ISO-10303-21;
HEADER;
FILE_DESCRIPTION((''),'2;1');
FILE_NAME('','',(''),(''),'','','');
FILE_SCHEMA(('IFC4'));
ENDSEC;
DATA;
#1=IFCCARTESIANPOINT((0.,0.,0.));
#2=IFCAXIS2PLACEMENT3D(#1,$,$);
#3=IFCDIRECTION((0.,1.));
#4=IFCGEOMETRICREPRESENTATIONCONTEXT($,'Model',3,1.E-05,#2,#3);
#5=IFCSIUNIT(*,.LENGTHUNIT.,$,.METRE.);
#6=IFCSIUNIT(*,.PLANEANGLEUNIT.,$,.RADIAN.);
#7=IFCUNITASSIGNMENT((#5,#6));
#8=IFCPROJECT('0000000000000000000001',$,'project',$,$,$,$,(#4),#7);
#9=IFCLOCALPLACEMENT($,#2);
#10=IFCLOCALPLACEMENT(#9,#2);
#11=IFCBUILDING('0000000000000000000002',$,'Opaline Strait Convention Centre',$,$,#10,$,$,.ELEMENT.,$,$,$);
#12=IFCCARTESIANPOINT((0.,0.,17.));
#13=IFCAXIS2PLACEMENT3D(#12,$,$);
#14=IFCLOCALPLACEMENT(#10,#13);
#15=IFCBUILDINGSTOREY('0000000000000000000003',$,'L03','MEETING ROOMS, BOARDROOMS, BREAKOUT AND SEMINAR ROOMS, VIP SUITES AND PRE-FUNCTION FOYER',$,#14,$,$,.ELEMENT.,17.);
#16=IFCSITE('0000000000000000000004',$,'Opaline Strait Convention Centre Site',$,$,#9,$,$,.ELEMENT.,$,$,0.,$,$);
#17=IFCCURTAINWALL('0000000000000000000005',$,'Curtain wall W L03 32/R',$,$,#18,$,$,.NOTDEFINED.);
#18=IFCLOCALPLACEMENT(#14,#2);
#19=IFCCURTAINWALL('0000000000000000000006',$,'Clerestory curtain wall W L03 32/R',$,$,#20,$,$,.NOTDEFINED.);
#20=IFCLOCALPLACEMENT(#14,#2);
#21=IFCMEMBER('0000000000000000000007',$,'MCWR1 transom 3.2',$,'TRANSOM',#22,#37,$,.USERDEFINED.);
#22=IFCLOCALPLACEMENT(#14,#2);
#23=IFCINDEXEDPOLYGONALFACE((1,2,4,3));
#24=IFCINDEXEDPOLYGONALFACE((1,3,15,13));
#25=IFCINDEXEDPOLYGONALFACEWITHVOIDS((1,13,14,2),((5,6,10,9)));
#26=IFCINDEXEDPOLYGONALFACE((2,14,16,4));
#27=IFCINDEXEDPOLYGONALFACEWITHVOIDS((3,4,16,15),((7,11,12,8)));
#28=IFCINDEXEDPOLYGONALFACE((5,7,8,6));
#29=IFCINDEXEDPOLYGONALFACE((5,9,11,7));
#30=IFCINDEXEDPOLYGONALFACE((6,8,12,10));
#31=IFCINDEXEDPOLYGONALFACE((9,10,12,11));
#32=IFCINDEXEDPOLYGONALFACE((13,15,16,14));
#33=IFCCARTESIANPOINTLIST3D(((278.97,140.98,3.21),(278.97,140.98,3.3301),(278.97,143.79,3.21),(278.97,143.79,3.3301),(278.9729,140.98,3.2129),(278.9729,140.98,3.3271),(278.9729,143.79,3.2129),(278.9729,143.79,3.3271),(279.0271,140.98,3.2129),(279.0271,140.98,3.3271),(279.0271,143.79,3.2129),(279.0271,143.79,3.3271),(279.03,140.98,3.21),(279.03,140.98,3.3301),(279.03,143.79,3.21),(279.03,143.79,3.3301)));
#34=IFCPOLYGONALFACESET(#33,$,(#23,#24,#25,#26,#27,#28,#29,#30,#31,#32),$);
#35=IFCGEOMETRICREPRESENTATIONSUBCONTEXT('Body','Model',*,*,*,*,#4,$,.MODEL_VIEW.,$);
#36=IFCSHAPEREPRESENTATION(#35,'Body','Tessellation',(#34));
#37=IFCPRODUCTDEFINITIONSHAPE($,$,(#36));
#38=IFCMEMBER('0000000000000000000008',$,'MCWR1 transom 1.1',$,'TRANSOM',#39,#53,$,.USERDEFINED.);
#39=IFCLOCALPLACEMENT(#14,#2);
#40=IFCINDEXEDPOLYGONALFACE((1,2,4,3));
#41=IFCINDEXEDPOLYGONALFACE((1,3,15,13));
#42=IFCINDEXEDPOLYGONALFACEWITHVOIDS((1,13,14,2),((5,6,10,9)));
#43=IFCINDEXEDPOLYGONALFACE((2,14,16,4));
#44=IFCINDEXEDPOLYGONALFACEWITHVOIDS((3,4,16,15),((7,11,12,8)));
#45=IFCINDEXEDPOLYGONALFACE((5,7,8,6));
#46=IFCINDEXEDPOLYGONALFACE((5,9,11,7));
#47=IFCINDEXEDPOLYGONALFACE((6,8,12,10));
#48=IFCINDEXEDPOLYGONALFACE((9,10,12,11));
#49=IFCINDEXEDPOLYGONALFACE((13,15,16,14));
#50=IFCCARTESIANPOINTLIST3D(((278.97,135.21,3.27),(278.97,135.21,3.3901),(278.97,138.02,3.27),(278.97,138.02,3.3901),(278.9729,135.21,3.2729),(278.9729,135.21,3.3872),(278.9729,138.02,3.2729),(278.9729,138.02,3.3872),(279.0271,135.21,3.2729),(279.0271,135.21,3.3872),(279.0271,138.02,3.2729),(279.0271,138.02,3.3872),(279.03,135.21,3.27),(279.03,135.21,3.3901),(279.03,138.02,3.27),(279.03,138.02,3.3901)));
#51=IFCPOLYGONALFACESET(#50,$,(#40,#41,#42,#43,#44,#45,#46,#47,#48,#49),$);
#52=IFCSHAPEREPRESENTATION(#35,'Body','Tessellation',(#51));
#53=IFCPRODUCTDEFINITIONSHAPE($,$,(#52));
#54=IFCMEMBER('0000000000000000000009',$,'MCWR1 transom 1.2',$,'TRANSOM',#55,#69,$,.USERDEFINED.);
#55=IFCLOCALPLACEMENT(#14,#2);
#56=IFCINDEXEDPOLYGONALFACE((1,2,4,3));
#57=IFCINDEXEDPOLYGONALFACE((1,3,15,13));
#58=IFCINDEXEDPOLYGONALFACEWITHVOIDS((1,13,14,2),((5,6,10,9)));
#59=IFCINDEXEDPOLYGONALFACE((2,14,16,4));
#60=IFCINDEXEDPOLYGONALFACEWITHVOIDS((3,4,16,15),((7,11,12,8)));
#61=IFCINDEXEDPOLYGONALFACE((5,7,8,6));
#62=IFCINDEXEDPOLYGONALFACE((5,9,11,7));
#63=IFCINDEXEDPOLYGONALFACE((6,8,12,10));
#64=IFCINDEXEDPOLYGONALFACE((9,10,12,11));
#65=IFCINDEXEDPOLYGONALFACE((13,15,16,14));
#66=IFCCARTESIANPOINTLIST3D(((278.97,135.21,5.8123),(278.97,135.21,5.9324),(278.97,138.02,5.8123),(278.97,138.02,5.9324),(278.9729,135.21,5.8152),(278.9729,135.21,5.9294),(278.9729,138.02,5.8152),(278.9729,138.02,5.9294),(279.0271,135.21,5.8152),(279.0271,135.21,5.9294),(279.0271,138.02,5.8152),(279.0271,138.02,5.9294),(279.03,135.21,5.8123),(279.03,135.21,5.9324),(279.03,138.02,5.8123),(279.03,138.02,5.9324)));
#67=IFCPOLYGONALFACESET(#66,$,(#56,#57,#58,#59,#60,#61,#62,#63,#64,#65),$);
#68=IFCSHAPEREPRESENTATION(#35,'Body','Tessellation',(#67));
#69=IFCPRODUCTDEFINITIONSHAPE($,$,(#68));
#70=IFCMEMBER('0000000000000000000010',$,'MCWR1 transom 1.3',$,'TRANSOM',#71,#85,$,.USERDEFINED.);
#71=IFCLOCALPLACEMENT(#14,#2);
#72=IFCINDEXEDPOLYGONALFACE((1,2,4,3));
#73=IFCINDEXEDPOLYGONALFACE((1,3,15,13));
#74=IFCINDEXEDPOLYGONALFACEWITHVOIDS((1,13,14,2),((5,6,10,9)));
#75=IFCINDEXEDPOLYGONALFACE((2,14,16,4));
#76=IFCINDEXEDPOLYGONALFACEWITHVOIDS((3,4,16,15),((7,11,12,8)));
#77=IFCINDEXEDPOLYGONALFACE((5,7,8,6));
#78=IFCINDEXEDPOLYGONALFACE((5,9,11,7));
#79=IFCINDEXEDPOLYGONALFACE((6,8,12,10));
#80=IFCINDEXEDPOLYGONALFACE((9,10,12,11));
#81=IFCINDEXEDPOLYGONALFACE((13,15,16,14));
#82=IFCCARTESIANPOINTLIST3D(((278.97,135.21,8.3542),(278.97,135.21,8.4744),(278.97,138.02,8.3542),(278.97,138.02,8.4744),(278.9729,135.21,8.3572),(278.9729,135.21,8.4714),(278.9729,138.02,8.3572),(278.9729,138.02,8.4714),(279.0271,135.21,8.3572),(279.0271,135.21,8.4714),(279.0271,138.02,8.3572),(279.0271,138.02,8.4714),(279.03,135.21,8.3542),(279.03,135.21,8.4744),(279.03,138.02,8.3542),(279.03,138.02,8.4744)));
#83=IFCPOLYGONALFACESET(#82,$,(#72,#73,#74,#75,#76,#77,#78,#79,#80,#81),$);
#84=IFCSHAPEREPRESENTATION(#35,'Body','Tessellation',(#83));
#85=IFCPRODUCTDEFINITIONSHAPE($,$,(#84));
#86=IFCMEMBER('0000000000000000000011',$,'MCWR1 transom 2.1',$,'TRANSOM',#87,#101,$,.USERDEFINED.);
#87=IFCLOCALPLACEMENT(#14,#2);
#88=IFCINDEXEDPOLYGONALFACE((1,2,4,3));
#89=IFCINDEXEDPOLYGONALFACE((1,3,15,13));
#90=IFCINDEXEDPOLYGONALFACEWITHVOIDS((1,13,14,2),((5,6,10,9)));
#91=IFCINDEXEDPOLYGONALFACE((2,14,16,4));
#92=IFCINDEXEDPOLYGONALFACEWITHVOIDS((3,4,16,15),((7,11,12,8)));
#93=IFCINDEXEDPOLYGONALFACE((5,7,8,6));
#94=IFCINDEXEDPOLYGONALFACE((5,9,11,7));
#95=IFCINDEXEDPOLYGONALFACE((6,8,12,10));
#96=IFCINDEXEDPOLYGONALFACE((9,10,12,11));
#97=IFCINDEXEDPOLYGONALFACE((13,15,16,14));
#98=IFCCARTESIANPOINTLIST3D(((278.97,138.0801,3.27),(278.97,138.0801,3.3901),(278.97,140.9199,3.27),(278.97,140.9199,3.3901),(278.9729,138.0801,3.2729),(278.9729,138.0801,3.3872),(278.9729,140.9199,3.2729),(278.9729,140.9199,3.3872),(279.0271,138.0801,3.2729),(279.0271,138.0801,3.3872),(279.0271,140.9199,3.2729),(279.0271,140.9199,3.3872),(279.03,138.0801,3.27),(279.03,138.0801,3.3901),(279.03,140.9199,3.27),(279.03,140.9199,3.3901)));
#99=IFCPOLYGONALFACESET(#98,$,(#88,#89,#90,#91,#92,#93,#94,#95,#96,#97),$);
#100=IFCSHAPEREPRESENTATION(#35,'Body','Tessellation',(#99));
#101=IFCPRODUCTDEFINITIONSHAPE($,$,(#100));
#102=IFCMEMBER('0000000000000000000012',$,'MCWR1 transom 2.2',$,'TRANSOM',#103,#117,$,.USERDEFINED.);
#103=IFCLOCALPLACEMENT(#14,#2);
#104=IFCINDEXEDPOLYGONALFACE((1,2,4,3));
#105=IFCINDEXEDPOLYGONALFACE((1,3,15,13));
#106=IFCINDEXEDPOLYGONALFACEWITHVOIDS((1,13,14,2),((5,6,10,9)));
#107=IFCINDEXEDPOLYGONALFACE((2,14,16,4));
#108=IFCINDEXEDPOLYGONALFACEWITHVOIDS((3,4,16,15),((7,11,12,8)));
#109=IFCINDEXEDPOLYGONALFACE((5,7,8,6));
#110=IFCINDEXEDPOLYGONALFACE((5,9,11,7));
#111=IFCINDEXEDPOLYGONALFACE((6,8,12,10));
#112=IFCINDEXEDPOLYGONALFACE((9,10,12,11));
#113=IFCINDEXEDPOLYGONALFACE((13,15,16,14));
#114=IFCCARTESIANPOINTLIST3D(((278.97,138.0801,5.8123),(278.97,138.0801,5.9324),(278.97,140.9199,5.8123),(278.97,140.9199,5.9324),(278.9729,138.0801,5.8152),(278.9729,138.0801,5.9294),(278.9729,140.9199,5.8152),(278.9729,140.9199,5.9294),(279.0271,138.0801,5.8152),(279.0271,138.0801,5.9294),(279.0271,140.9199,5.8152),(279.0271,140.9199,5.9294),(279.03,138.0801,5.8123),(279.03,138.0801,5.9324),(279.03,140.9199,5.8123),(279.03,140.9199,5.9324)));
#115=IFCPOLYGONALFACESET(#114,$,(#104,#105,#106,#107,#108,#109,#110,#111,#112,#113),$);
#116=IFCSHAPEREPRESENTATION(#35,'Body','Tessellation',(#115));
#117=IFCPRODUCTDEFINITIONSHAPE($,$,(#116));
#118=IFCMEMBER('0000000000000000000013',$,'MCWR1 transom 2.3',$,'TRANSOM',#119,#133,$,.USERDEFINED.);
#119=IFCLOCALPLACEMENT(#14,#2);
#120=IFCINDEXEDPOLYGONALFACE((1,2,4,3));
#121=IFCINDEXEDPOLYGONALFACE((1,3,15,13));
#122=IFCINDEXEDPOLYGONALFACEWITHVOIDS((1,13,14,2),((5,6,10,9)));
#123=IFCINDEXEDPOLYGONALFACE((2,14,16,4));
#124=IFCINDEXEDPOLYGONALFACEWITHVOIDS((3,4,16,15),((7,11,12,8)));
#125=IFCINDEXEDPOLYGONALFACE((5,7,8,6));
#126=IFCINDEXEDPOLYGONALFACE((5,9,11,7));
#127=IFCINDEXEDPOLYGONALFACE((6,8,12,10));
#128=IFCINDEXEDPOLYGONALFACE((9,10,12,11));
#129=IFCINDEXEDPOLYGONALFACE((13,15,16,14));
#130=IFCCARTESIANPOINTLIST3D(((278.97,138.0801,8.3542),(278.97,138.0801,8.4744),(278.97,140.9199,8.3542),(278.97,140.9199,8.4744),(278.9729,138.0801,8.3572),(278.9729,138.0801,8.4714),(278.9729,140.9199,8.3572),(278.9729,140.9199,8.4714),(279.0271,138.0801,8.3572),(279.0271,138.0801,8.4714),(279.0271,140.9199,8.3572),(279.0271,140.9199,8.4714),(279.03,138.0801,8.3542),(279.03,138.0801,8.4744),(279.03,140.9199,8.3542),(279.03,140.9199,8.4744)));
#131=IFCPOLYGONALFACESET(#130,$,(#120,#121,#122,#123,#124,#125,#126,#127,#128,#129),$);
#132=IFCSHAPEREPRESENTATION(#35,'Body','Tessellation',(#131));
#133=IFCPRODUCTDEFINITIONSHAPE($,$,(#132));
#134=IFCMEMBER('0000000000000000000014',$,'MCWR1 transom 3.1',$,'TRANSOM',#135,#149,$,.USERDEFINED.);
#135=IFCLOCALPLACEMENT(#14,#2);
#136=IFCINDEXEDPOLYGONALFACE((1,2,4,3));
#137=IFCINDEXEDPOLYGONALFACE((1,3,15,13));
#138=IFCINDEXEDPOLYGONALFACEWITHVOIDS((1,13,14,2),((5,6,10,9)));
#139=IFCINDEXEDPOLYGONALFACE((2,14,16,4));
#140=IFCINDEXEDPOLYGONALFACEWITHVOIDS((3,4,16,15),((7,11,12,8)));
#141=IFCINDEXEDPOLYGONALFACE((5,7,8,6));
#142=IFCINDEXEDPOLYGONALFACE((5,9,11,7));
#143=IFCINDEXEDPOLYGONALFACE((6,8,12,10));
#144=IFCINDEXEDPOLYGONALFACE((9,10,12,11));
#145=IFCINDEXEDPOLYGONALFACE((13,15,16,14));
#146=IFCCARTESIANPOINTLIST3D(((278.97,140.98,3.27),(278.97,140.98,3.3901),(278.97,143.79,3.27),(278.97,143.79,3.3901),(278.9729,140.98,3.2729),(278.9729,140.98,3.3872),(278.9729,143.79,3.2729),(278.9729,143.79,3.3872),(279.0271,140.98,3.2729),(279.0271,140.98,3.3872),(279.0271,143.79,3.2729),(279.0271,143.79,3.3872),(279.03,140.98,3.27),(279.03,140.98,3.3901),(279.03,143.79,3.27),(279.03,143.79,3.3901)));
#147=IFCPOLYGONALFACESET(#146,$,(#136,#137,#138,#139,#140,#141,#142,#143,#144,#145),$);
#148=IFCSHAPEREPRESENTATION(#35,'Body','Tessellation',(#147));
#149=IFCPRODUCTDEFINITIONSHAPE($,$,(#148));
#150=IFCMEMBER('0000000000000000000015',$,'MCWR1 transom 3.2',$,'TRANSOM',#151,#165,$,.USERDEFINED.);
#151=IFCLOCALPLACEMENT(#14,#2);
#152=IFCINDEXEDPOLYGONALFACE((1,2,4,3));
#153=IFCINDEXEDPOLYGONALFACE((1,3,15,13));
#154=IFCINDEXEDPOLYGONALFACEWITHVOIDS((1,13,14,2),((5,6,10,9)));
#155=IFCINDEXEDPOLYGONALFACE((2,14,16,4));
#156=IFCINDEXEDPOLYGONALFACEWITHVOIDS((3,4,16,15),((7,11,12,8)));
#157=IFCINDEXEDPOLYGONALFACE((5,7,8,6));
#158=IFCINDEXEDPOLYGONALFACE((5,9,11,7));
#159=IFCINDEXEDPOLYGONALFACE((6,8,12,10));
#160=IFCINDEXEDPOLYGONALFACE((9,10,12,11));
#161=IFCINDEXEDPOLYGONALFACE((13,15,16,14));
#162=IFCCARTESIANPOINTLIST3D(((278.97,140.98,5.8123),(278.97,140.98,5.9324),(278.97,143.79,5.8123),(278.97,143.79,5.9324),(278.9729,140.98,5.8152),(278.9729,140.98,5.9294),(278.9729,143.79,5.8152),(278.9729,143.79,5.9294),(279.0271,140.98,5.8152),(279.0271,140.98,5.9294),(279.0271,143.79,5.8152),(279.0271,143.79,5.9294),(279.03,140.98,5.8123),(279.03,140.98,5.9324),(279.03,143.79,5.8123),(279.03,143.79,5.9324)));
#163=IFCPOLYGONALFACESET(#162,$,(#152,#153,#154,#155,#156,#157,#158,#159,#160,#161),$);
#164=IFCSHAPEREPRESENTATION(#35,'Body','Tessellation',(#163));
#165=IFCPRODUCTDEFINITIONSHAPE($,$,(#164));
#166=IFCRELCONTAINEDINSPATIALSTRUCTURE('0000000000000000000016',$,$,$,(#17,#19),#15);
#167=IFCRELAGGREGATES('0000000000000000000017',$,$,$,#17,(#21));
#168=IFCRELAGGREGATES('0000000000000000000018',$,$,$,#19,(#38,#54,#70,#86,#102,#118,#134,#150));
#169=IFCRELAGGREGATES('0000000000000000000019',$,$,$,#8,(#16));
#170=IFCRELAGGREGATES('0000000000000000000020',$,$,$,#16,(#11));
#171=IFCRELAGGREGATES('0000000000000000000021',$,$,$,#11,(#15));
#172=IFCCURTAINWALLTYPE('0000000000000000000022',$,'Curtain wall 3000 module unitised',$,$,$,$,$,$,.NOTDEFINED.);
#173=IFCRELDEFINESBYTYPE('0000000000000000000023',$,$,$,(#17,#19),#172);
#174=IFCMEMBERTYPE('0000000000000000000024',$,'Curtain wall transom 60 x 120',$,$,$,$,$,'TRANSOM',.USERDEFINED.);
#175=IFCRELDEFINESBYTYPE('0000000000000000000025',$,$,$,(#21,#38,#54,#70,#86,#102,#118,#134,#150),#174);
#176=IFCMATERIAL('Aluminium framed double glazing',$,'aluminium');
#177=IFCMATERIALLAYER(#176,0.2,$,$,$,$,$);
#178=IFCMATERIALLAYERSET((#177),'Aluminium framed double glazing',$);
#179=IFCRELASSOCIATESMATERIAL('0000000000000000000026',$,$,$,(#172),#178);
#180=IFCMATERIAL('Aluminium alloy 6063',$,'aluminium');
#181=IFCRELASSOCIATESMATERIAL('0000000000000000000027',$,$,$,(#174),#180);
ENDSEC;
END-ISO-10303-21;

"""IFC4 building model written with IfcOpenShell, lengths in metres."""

from ifc_helpers import new_model, si_unit, direction, frame, origin, origin_2d, place, context, subcontext, project, spatial, hollow_rectangle, extrude, material, layer, layer_set, material_profile, profile_set, type_object, element, aggregate, save


model = new_model("IFC4")

# Units and contexts
model_context = context("Model", 3, precision=1e-05, world=origin(), true_north=direction((0.0, 1.0)))
body_context = subcontext(model_context, "Body", "Model", "MODEL_VIEW")
ifc_project = project(units=[si_unit("LENGTHUNIT", "METRE"), si_unit("PLANEANGLEUNIT", "RADIAN")], contexts=[model_context])

# Site, building, storey
site_placement = place(None, origin())
site = spatial("IfcSite", under=ifc_project, at=site_placement, Name="Opaline Strait Convention Centre Site", CompositionType="ELEMENT", RefElevation=0.0)
building_placement = place(site_placement, origin())
building = spatial("IfcBuilding", under=site, at=building_placement, Name="Opaline Strait Convention Centre", CompositionType="ELEMENT")
storey_placement = place(building_placement, frame((0.0, 0.0, 17.0)))
storey = spatial("IfcBuildingStorey", under=building, at=storey_placement, Name="L03", Description="MEETING ROOMS, BOARDROOMS, BREAKOUT AND SEMINAR ROOMS, VIP SUITES AND PRE-FUNCTION FOYER", CompositionType="ELEMENT", Elevation=17.0)

# Curtain walls
ifc_material_1 = material(Name="Aluminium framed double glazing", Category="aluminium")
ifc_layer_1 = layer(ifc_material_1, 0.2)
ifc_layer_set_1 = layer_set([ifc_layer_1], Name="Aluminium framed double glazing")
curtain_wall_type = type_object("IfcCurtainWallType", Name="Curtain wall 3000 module unitised", PredefinedType="NOTDEFINED", material=ifc_layer_set_1)
curtain_wall_1_placement = place(storey_placement, origin())
curtain_wall_1 = element("IfcCurtainWall", 1, at=curtain_wall_1_placement, inside=storey, type_object=curtain_wall_type, Name="Curtain wall W L03 32/R", PredefinedType="NOTDEFINED")
ifc_material_2 = material(Name="Aluminium alloy 6063", Category="aluminium")
curtain_wall_2_placement = place(storey_placement, origin())
curtain_wall_2 = element("IfcCurtainWall", 2, at=curtain_wall_2_placement, inside=storey, type_object=curtain_wall_type, Name="Clerestory curtain wall W L03 32/R", PredefinedType="NOTDEFINED")

# Members
ifc_material_profile_1 = material_profile(ifc_material_2, hollow_rectangle(XDim=0.0601, YDim=0.1201, WallThickness=0.0029, at=origin_2d()), Name="TRANSOM 60x120x3")
ifc_profile_set_1 = profile_set([ifc_material_profile_1], Name="Aluminium alloy 6063")
member_type_1 = type_object("IfcMemberType", Name="Curtain wall transom 60 x 120", ElementType="TRANSOM", PredefinedType="USERDEFINED", material=ifc_profile_set_1)
member_1_placement = place(storey_placement, frame((279.0, 140.98, 3.27), z_axis=(0.0, 1.0, 0.0), x_axis=(-1.0, 0.0, 0.0)))
member_1 = element("IfcMember", 3, at=member_1_placement, type_object=member_type_1, Name="MCWR1 transom 3.2", ObjectType="TRANSOM", PredefinedType="USERDEFINED", context=body_context, shape_type="SweptSolid", body=[
    extrude(hollow_rectangle(XDim=0.0601, YDim=0.1201, WallThickness=0.0029, at=origin_2d()), origin(), (0.0, 0.0, 1.0), 2.8101),
])
member_2_placement = place(storey_placement, frame((279.0, 135.21, 3.3301), z_axis=(0.0, 1.0, 0.0), x_axis=(-1.0, 0.0, 0.0)))
member_2 = element("IfcMember", 4, at=member_2_placement, type_object=member_type_1, Name="MCWR1 transom 1.1", ObjectType="TRANSOM", PredefinedType="USERDEFINED", context=body_context, shape_type="SweptSolid", body=[
    extrude(hollow_rectangle(XDim=0.0601, YDim=0.1201, WallThickness=0.0029, at=origin_2d()), origin(), (0.0, 0.0, 1.0), 2.8101),
])
member_3_placement = place(storey_placement, frame((279.0, 135.21, 5.8723), z_axis=(0.0, 1.0, 0.0), x_axis=(-1.0, 0.0, 0.0)))
member_3 = element("IfcMember", 5, at=member_3_placement, type_object=member_type_1, Name="MCWR1 transom 1.2", ObjectType="TRANSOM", PredefinedType="USERDEFINED", context=body_context, shape_type="SweptSolid", body=[
    extrude(hollow_rectangle(XDim=0.0601, YDim=0.1201, WallThickness=0.0029, at=origin_2d()), origin(), (0.0, 0.0, 1.0), 2.8101),
])
member_4_placement = place(storey_placement, frame((279.0, 135.21, 8.4143), z_axis=(0.0, 1.0, 0.0), x_axis=(-1.0, 0.0, 0.0)))
member_4 = element("IfcMember", 6, at=member_4_placement, type_object=member_type_1, Name="MCWR1 transom 1.3", ObjectType="TRANSOM", PredefinedType="USERDEFINED", context=body_context, shape_type="SweptSolid", body=[
    extrude(hollow_rectangle(XDim=0.0601, YDim=0.1201, WallThickness=0.0029, at=origin_2d()), origin(), (0.0, 0.0, 1.0), 2.8101),
])
member_5_placement = place(storey_placement, frame((279.0, 138.0801, 3.3301), z_axis=(0.0, 1.0, 0.0), x_axis=(-1.0, 0.0, 0.0)))
member_5 = element("IfcMember", 7, at=member_5_placement, type_object=member_type_1, Name="MCWR1 transom 2.1", ObjectType="TRANSOM", PredefinedType="USERDEFINED", context=body_context, shape_type="SweptSolid", body=[
    extrude(hollow_rectangle(XDim=0.0601, YDim=0.1201, WallThickness=0.0029, at=origin_2d()), origin(), (0.0, 0.0, 1.0), 2.8398),
])
member_6_placement = place(storey_placement, frame((279.0, 138.0801, 5.8723), z_axis=(0.0, 1.0, 0.0), x_axis=(-1.0, 0.0, 0.0)))
member_6 = element("IfcMember", 8, at=member_6_placement, type_object=member_type_1, Name="MCWR1 transom 2.2", ObjectType="TRANSOM", PredefinedType="USERDEFINED", context=body_context, shape_type="SweptSolid", body=[
    extrude(hollow_rectangle(XDim=0.0601, YDim=0.1201, WallThickness=0.0029, at=origin_2d()), origin(), (0.0, 0.0, 1.0), 2.8398),
])
member_7_placement = place(storey_placement, frame((279.0, 138.0801, 8.4143), z_axis=(0.0, 1.0, 0.0), x_axis=(-1.0, 0.0, 0.0)))
member_7 = element("IfcMember", 9, at=member_7_placement, type_object=member_type_1, Name="MCWR1 transom 2.3", ObjectType="TRANSOM", PredefinedType="USERDEFINED", context=body_context, shape_type="SweptSolid", body=[
    extrude(hollow_rectangle(XDim=0.0601, YDim=0.1201, WallThickness=0.0029, at=origin_2d()), origin(), (0.0, 0.0, 1.0), 2.8398),
])
member_8_placement = place(storey_placement, frame((279.0, 140.98, 3.3301), z_axis=(0.0, 1.0, 0.0), x_axis=(-1.0, 0.0, 0.0)))
member_8 = element("IfcMember", 10, at=member_8_placement, type_object=member_type_1, Name="MCWR1 transom 3.1", ObjectType="TRANSOM", PredefinedType="USERDEFINED", context=body_context, shape_type="SweptSolid", body=[
    extrude(hollow_rectangle(XDim=0.0601, YDim=0.1201, WallThickness=0.0029, at=origin_2d()), origin(), (0.0, 0.0, 1.0), 2.8101),
])
member_9_placement = place(storey_placement, frame((279.0, 140.98, 5.8723), z_axis=(0.0, 1.0, 0.0), x_axis=(-1.0, 0.0, 0.0)))
member_9 = element("IfcMember", 11, at=member_9_placement, type_object=member_type_1, Name="MCWR1 transom 3.2", ObjectType="TRANSOM", PredefinedType="USERDEFINED", context=body_context, shape_type="SweptSolid", body=[
    extrude(hollow_rectangle(XDim=0.0601, YDim=0.1201, WallThickness=0.0029, at=origin_2d()), origin(), (0.0, 0.0, 1.0), 2.8101),
])

aggregate(curtain_wall_1, [member_1])
aggregate(curtain_wall_2, [member_2, member_3, member_4, member_5, member_6, member_7, member_8, member_9])

save(model, "model.ifc")
